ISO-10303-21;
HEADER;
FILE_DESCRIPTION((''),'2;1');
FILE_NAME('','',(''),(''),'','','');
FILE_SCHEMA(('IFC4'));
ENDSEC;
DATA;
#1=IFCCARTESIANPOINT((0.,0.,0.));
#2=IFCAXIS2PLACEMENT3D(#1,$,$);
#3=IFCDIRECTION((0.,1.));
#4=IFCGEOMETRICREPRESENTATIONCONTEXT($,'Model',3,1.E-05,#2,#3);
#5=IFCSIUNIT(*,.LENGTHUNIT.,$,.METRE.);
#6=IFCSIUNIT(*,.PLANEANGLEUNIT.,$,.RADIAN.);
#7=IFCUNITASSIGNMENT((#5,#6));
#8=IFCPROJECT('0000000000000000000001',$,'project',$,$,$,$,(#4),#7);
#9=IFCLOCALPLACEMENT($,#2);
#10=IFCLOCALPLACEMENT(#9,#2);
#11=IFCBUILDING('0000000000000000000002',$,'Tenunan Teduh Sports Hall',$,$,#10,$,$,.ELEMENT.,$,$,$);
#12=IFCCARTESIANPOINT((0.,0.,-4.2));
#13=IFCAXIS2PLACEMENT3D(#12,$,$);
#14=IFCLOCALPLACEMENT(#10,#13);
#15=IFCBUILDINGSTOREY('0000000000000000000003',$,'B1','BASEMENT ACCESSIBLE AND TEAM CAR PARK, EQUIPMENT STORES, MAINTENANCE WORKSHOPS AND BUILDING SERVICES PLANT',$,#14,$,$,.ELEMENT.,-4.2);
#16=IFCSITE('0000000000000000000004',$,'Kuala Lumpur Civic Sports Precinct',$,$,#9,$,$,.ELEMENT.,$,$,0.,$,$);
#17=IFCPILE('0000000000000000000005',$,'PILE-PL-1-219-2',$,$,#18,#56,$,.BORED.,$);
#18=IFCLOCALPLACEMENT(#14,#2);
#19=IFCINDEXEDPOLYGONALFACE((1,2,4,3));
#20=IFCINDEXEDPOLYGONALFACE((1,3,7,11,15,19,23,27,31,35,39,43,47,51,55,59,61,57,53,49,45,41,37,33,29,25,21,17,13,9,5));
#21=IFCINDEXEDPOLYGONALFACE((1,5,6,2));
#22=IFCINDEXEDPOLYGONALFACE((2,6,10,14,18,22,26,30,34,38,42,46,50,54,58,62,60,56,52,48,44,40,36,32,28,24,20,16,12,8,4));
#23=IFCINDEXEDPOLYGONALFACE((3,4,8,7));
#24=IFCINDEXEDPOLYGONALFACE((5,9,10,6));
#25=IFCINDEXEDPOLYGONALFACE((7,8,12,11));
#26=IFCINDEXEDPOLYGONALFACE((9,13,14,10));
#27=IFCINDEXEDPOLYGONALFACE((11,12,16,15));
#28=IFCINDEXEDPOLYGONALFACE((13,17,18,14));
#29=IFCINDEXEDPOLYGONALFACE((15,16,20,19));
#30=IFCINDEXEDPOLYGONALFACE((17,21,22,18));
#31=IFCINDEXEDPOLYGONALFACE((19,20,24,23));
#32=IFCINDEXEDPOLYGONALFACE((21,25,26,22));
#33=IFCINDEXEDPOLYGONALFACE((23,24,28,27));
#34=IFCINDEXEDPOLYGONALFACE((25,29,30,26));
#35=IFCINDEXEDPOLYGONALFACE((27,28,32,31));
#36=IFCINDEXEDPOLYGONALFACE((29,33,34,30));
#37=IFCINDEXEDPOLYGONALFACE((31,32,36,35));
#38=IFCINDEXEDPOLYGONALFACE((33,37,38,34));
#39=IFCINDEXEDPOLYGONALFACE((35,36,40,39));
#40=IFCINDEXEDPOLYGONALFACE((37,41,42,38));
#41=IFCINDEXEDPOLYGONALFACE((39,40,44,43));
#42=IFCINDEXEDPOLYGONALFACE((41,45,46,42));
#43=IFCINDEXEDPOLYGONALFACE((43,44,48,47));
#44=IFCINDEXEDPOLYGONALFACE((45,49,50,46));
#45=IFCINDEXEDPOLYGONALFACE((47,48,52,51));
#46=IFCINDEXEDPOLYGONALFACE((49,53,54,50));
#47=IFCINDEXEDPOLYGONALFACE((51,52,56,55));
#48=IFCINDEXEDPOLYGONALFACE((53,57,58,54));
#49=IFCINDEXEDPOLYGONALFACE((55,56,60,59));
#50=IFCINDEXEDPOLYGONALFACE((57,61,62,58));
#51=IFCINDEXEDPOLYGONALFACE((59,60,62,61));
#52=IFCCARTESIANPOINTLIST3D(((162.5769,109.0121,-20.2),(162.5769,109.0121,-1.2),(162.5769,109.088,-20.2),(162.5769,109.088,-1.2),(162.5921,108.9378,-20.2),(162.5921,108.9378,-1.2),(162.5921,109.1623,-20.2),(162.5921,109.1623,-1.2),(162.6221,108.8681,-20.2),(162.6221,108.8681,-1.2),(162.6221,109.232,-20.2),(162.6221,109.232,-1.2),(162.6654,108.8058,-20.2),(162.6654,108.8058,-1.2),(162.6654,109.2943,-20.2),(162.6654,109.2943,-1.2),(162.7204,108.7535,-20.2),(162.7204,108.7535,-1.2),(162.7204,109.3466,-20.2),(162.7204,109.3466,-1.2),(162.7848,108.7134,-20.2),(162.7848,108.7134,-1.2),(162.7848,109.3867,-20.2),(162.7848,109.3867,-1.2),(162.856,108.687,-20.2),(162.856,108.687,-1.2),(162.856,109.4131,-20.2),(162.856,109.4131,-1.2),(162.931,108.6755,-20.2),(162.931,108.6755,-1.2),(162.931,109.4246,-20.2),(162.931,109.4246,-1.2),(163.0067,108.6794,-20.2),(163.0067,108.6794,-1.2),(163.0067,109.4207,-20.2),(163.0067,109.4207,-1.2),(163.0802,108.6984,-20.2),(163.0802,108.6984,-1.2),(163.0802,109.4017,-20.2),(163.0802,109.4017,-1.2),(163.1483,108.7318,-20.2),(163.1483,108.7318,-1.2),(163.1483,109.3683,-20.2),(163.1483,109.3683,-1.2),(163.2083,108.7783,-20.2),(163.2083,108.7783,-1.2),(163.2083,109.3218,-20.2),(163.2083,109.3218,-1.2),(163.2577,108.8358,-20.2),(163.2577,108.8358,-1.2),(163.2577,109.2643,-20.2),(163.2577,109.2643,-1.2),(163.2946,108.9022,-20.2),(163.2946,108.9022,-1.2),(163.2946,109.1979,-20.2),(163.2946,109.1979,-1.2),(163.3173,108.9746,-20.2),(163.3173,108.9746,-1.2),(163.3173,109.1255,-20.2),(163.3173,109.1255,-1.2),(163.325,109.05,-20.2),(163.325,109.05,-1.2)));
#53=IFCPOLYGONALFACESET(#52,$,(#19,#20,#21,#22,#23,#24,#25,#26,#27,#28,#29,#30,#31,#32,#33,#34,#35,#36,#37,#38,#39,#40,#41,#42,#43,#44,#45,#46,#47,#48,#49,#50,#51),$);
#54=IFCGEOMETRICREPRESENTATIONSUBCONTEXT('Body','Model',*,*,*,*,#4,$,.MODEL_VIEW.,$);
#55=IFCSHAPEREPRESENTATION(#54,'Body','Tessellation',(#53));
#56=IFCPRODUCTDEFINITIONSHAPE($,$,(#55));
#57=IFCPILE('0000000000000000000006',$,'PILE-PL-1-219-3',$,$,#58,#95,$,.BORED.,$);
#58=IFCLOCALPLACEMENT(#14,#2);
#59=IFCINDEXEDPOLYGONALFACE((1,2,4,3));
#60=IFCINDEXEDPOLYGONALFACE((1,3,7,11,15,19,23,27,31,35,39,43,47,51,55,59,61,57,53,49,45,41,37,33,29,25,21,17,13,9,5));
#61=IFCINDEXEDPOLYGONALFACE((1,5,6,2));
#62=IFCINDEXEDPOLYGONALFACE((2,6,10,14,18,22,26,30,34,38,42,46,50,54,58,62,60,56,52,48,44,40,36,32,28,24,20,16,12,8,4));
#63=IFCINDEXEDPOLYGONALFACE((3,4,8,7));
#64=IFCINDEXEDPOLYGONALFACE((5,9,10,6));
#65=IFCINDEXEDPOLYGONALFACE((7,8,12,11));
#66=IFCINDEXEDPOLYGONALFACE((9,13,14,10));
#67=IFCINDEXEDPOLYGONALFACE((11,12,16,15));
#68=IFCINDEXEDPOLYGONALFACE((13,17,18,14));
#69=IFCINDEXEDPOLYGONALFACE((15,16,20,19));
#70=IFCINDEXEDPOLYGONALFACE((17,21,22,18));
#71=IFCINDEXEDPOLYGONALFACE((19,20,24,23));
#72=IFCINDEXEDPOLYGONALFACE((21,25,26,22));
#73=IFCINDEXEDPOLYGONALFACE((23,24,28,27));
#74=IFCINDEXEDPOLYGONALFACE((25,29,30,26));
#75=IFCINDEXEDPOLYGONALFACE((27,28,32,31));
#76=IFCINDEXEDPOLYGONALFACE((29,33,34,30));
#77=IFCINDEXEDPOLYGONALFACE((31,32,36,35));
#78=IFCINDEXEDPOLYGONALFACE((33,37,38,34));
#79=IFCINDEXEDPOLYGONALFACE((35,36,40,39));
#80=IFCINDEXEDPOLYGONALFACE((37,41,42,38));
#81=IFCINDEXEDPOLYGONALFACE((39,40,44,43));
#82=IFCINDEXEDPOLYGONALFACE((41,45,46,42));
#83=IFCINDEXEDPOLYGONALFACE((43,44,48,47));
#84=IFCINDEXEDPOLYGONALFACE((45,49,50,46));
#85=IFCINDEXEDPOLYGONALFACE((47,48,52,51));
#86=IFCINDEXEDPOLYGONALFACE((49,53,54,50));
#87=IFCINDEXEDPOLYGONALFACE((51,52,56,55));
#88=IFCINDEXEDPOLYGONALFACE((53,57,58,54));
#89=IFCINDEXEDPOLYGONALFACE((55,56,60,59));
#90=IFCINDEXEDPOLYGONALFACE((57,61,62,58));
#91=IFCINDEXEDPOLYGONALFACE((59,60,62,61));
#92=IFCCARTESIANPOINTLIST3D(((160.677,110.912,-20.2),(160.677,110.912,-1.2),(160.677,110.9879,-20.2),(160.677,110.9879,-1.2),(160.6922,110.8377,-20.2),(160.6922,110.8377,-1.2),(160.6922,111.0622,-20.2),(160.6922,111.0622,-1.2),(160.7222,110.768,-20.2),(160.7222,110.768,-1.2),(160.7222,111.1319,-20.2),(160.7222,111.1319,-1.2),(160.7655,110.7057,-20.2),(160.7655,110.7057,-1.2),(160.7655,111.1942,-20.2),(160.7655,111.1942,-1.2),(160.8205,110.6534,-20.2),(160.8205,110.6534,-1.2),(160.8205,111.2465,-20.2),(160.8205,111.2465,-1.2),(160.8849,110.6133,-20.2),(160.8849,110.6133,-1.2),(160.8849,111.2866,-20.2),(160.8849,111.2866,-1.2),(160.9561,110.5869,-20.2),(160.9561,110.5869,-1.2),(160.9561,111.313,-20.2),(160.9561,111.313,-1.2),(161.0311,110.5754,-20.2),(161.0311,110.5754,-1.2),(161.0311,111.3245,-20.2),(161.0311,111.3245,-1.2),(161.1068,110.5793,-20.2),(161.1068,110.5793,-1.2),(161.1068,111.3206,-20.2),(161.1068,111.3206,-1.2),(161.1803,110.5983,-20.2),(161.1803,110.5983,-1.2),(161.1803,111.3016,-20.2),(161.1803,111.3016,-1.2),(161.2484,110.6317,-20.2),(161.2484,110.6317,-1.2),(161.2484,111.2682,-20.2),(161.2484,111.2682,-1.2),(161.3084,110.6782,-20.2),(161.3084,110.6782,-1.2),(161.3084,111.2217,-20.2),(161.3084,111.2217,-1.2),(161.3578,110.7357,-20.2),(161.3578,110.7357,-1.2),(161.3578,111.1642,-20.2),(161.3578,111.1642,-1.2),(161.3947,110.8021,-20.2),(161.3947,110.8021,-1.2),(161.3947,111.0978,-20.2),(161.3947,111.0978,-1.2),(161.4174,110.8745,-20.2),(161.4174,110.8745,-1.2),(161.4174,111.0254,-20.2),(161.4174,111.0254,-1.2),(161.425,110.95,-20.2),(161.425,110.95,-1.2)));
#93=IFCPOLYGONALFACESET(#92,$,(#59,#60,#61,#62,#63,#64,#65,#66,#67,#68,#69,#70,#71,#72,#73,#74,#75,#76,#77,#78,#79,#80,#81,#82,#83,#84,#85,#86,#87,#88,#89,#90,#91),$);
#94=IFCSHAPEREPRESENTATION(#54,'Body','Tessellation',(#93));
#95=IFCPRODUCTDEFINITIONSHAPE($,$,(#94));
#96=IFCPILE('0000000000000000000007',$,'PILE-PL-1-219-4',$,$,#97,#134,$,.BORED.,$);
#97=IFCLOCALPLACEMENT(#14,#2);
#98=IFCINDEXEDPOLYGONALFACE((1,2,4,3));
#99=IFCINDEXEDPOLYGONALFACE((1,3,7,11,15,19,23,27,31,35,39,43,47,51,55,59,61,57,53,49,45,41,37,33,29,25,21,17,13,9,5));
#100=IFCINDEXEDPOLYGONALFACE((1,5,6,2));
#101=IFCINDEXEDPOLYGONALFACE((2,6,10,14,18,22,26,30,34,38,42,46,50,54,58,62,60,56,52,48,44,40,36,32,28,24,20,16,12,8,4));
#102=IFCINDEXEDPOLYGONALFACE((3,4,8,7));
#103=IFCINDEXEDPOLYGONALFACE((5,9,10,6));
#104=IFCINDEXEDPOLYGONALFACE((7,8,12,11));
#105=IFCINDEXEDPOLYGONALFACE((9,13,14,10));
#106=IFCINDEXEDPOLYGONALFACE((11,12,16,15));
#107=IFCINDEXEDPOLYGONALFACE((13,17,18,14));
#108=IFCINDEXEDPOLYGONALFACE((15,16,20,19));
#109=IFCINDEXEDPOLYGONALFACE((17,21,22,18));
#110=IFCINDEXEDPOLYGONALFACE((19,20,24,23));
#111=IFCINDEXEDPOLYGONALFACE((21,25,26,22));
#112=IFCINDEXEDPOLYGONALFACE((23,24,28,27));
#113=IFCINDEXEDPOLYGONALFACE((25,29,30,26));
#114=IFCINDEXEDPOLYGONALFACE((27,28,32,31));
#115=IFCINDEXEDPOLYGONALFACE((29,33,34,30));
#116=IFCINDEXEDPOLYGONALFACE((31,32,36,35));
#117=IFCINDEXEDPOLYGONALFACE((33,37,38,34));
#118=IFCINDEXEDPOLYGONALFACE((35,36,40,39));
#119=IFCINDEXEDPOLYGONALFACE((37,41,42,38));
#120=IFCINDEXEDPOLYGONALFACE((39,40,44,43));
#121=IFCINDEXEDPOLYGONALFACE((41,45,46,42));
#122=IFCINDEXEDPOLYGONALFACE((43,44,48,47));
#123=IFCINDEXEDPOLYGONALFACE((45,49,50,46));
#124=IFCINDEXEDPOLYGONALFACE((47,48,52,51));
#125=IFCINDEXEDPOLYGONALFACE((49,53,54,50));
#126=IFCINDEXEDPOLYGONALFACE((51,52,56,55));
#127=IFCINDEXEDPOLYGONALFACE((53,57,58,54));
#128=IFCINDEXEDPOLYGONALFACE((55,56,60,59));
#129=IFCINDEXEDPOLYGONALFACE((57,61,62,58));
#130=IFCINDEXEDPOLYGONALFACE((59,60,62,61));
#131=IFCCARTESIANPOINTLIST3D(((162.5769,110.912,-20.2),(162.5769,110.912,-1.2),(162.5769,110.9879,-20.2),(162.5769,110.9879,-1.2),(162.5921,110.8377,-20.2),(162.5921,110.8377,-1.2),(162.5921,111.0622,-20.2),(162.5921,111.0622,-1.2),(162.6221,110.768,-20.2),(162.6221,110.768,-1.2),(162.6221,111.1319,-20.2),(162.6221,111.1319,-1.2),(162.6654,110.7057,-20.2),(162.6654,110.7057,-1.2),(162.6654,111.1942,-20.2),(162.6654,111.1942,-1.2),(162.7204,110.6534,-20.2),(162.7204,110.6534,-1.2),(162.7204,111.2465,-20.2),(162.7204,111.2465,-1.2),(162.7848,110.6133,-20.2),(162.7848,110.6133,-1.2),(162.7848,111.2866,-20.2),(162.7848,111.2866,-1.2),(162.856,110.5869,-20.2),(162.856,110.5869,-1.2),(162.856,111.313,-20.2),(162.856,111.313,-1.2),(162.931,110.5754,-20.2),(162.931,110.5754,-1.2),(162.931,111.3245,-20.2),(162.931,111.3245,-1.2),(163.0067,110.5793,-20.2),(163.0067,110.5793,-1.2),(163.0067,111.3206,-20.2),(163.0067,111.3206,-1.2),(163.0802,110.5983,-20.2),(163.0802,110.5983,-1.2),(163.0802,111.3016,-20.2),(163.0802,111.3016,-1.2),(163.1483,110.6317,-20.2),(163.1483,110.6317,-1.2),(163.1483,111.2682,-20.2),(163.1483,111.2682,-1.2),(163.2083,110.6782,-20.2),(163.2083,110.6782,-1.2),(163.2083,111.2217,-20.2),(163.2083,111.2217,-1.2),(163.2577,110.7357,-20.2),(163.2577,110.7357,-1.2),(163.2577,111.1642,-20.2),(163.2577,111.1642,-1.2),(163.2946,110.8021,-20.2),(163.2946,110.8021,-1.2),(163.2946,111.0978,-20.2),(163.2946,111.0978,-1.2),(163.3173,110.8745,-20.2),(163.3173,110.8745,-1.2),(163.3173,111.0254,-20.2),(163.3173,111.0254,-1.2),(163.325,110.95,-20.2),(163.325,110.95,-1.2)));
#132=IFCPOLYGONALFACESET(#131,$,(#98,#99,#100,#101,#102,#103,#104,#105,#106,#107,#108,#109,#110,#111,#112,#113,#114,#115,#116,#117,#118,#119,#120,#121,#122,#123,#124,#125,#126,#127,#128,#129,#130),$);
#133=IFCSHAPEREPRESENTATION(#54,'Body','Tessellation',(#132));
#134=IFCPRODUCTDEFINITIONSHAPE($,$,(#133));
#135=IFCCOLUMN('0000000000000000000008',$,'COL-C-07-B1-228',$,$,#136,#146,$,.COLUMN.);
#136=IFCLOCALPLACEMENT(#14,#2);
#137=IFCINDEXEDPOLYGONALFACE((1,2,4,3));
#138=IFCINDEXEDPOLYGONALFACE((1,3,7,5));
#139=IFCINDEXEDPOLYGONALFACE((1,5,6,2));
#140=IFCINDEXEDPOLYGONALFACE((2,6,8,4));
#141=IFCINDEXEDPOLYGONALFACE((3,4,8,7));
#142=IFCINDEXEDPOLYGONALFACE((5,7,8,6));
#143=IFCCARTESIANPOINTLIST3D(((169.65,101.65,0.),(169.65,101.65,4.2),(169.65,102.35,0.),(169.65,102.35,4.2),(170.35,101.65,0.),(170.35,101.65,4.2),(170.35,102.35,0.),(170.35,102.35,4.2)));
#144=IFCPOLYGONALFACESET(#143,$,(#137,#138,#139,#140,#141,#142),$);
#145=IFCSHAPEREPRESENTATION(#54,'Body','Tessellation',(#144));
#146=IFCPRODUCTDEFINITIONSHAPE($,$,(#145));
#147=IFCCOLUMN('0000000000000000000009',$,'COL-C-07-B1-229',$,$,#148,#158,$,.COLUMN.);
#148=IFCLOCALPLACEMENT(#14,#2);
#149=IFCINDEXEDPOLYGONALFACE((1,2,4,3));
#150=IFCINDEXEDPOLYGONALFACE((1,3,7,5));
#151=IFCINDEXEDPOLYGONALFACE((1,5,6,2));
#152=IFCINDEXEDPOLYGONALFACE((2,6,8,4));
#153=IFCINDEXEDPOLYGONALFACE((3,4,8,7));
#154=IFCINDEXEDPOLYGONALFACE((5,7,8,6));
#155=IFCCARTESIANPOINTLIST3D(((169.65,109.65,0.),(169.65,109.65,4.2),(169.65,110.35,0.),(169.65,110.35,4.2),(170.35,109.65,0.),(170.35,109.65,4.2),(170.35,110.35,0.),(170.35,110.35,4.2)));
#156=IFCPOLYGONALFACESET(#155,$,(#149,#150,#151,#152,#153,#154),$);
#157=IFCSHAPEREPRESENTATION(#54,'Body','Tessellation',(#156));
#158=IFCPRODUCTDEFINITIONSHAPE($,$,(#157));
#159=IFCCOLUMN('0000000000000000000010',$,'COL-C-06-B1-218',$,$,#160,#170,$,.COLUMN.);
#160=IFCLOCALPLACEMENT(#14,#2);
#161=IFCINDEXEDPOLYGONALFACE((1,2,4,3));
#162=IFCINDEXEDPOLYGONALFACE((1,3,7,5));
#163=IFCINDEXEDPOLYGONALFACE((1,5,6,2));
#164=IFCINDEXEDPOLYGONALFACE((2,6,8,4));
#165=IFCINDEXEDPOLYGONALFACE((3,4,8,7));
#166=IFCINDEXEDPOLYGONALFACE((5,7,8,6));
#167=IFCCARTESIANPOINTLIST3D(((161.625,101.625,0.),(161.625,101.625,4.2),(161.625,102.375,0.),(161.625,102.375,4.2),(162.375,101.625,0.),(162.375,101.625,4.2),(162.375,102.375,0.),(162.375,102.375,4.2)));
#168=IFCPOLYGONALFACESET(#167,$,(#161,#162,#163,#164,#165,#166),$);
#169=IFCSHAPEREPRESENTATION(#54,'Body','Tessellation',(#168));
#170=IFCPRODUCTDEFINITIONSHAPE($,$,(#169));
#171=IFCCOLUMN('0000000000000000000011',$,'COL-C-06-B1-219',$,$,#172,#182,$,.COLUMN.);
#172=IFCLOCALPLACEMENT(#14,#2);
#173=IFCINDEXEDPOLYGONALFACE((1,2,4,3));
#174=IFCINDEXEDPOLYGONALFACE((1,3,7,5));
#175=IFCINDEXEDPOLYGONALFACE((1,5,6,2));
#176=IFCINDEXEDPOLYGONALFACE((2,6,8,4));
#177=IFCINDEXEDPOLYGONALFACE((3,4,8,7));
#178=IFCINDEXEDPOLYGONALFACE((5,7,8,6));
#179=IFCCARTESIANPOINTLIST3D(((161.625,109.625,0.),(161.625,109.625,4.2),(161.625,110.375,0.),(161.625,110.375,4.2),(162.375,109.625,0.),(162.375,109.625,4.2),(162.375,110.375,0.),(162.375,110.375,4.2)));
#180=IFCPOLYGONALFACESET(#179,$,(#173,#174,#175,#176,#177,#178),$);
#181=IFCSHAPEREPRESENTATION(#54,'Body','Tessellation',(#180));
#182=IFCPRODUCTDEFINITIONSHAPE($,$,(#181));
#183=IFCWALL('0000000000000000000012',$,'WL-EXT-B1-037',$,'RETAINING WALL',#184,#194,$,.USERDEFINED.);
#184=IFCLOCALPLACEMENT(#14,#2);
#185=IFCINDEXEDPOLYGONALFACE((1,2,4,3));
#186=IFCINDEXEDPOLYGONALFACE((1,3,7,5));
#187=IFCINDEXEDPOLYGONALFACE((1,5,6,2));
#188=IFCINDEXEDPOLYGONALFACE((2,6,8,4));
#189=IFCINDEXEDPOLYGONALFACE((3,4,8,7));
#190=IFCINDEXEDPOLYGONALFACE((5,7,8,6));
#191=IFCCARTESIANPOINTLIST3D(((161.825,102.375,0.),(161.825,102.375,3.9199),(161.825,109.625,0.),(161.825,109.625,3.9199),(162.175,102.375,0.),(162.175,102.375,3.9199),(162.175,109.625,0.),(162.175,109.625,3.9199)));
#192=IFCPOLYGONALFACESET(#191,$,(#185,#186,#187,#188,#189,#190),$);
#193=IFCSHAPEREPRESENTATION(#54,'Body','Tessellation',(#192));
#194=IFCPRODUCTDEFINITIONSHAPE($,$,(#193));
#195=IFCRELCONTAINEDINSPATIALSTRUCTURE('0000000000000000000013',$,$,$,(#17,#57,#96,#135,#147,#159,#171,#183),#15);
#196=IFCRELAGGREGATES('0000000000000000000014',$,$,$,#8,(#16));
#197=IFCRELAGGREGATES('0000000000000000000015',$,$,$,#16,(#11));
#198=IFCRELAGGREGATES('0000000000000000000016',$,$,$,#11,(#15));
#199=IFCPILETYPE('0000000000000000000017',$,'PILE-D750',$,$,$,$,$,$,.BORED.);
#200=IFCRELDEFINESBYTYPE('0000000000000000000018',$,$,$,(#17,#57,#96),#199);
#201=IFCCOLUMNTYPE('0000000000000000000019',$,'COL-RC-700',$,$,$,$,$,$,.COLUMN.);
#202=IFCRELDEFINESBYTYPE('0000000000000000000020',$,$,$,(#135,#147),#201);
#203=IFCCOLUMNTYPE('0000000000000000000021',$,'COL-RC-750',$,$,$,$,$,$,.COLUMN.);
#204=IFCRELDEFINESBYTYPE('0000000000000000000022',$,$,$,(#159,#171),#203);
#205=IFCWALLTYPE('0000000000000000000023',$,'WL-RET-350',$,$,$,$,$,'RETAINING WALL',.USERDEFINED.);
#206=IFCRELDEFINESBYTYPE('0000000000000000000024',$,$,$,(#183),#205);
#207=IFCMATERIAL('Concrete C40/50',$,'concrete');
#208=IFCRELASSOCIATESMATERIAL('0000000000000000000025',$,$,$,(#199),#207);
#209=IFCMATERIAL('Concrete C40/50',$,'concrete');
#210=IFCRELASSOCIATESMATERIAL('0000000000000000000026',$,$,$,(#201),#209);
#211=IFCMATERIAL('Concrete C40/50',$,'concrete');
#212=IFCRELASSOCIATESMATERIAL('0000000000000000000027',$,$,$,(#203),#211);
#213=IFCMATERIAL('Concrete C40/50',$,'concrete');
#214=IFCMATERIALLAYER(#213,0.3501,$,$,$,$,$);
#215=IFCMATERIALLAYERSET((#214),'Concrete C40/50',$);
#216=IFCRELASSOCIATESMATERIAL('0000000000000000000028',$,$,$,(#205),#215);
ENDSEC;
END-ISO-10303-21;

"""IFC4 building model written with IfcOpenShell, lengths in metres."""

from ifc_helpers import new_model, si_unit, direction, frame, frame_2d, origin, origin_2d, place, context, subcontext, project, spatial, rectangle, circle, extrude, material, layer, layer_set, material_profile, profile_set, type_object, element, save


model = new_model("IFC4")

# Units and contexts
model_context = context("Model", 3, precision=1e-05, world=origin(), true_north=direction((0.0, 1.0)))
body_context = subcontext(model_context, "Body", "Model", "MODEL_VIEW")
ifc_project = project(units=[si_unit("LENGTHUNIT", "METRE"), si_unit("PLANEANGLEUNIT", "RADIAN")], contexts=[model_context])

# Site, building, storey
site_placement = place(None, origin())
site = spatial("IfcSite", under=ifc_project, at=site_placement, Name="Kuala Lumpur Civic Sports Precinct", CompositionType="ELEMENT", RefElevation=0.0)
building_placement = place(site_placement, origin())
building = spatial("IfcBuilding", under=site, at=building_placement, Name="Tenunan Teduh Sports Hall", CompositionType="ELEMENT")
storey_placement = place(building_placement, frame((0.0, 0.0, -4.2)))
storey = spatial("IfcBuildingStorey", under=building, at=storey_placement, Name="B1", Description="BASEMENT ACCESSIBLE AND TEAM CAR PARK, EQUIPMENT STORES, MAINTENANCE WORKSHOPS AND BUILDING SERVICES PLANT", CompositionType="ELEMENT", Elevation=-4.2)

# Piles
ifc_material_1 = material(Name="Concrete C40/50", Category="concrete")
ifc_material_profile_1 = material_profile(ifc_material_1, circle(Radius=0.375, at=origin_2d()), Name="PILE D750")
ifc_profile_set_1 = profile_set([ifc_material_profile_1], Name="Concrete C40/50")
pile_type = type_object("IfcPileType", Name="PILE-D750", PredefinedType="BORED", material=ifc_profile_set_1)
for number, where, z_axis, x_axis, name in (
    (1, (162.95, 109.05, -1.2), (0.0, 0.0, -1.0), (1.0, 0.0, 0.0), "PILE-PL-1-219-2"),
    (2, (161.05, 110.95, -1.2), (0.0, 0.0, -1.0), (1.0, 0.0, 0.0), "PILE-PL-1-219-3"),
    (3, (162.95, 110.95, -1.2), (0.0, 0.0, -1.0), (1.0, 0.0, 0.0), "PILE-PL-1-219-4"),
):
    element("IfcPile", number, at=place(storey_placement, frame(where, z_axis=z_axis, x_axis=x_axis)), inside=storey, type_object=pile_type, Name=name, PredefinedType="BORED", context=body_context, shape_type="SweptSolid", body=[
        extrude(circle(Radius=0.375, at=origin_2d()), origin(), (0.0, 0.0, 1.0), 19.0),
    ])

# Columns
ifc_material_2 = material(Name="Concrete C40/50", Category="concrete")
ifc_material_profile_2 = material_profile(ifc_material_2, rectangle(XDim=0.7, YDim=0.7, at=origin_2d()), Name="RC 700x700")
ifc_profile_set_2 = profile_set([ifc_material_profile_2], Name="Concrete C40/50")
column_type_1 = type_object("IfcColumnType", Name="COL-RC-700", PredefinedType="COLUMN", material=ifc_profile_set_2)
for number, where, z_axis, x_axis, name in (
    (4, (170.0, 102.0, 0.0), (0.0, 0.0, 1.0), (1.0, 0.0, 0.0), "COL-C-07-B1-228"),
    (5, (170.0, 110.0, 0.0), (0.0, 0.0, 1.0), (1.0, 0.0, 0.0), "COL-C-07-B1-229"),
):
    element("IfcColumn", number, at=place(storey_placement, frame(where, z_axis=z_axis, x_axis=x_axis)), inside=storey, type_object=column_type_1, Name=name, PredefinedType="COLUMN", context=body_context, shape_type="SweptSolid", body=[
        extrude(rectangle(XDim=0.7, YDim=0.7, at=origin_2d()), origin(), (0.0, 0.0, 1.0), 4.2),
    ])
ifc_material_3 = material(Name="Concrete C40/50", Category="concrete")
ifc_material_profile_3 = material_profile(ifc_material_3, rectangle(XDim=0.75, YDim=0.75, at=origin_2d()), Name="RC 750x750")
ifc_profile_set_3 = profile_set([ifc_material_profile_3], Name="Concrete C40/50")
column_type_2 = type_object("IfcColumnType", Name="COL-RC-750", PredefinedType="COLUMN", material=ifc_profile_set_3)
for number, where, z_axis, x_axis, name in (
    (6, (162.0, 102.0, 0.0), (0.0, 0.0, 1.0), (1.0, 0.0, 0.0), "COL-C-06-B1-218"),
    (7, (162.0, 110.0, 0.0), (0.0, 0.0, 1.0), (1.0, 0.0, 0.0), "COL-C-06-B1-219"),
):
    element("IfcColumn", number, at=place(storey_placement, frame(where, z_axis=z_axis, x_axis=x_axis)), inside=storey, type_object=column_type_2, Name=name, PredefinedType="COLUMN", context=body_context, shape_type="SweptSolid", body=[
        extrude(rectangle(XDim=0.75, YDim=0.75, at=origin_2d()), origin(), (0.0, 0.0, 1.0), 4.2),
    ])

# Wall
ifc_material_4 = material(Name="Concrete C40/50", Category="concrete")
ifc_layer_1 = layer(ifc_material_4, 0.3501)
ifc_layer_set_1 = layer_set([ifc_layer_1], Name="Concrete C40/50")
wall_type_1 = type_object("IfcWallType", Name="WL-RET-350", ElementType="RETAINING WALL", PredefinedType="USERDEFINED", material=ifc_layer_set_1)
wall_1_placement = place(storey_placement, frame((162.0, 102.375, 0.0), z_axis=(0.0, 0.0, 1.0), x_axis=(0.0, 1.0, 0.0)))
element("IfcWall", 8, at=wall_1_placement, inside=storey, type_object=wall_type_1, Name="WL-EXT-B1-037", ObjectType="RETAINING WALL", PredefinedType="USERDEFINED", context=body_context, shape_type="SweptSolid", body=[
    extrude(rectangle(XDim=7.25, YDim=0.3501, at=frame_2d((3.625, 0.0))), origin(), (0.0, 0.0, 1.0), 3.9199),
])

save(model, "model.ifc")
